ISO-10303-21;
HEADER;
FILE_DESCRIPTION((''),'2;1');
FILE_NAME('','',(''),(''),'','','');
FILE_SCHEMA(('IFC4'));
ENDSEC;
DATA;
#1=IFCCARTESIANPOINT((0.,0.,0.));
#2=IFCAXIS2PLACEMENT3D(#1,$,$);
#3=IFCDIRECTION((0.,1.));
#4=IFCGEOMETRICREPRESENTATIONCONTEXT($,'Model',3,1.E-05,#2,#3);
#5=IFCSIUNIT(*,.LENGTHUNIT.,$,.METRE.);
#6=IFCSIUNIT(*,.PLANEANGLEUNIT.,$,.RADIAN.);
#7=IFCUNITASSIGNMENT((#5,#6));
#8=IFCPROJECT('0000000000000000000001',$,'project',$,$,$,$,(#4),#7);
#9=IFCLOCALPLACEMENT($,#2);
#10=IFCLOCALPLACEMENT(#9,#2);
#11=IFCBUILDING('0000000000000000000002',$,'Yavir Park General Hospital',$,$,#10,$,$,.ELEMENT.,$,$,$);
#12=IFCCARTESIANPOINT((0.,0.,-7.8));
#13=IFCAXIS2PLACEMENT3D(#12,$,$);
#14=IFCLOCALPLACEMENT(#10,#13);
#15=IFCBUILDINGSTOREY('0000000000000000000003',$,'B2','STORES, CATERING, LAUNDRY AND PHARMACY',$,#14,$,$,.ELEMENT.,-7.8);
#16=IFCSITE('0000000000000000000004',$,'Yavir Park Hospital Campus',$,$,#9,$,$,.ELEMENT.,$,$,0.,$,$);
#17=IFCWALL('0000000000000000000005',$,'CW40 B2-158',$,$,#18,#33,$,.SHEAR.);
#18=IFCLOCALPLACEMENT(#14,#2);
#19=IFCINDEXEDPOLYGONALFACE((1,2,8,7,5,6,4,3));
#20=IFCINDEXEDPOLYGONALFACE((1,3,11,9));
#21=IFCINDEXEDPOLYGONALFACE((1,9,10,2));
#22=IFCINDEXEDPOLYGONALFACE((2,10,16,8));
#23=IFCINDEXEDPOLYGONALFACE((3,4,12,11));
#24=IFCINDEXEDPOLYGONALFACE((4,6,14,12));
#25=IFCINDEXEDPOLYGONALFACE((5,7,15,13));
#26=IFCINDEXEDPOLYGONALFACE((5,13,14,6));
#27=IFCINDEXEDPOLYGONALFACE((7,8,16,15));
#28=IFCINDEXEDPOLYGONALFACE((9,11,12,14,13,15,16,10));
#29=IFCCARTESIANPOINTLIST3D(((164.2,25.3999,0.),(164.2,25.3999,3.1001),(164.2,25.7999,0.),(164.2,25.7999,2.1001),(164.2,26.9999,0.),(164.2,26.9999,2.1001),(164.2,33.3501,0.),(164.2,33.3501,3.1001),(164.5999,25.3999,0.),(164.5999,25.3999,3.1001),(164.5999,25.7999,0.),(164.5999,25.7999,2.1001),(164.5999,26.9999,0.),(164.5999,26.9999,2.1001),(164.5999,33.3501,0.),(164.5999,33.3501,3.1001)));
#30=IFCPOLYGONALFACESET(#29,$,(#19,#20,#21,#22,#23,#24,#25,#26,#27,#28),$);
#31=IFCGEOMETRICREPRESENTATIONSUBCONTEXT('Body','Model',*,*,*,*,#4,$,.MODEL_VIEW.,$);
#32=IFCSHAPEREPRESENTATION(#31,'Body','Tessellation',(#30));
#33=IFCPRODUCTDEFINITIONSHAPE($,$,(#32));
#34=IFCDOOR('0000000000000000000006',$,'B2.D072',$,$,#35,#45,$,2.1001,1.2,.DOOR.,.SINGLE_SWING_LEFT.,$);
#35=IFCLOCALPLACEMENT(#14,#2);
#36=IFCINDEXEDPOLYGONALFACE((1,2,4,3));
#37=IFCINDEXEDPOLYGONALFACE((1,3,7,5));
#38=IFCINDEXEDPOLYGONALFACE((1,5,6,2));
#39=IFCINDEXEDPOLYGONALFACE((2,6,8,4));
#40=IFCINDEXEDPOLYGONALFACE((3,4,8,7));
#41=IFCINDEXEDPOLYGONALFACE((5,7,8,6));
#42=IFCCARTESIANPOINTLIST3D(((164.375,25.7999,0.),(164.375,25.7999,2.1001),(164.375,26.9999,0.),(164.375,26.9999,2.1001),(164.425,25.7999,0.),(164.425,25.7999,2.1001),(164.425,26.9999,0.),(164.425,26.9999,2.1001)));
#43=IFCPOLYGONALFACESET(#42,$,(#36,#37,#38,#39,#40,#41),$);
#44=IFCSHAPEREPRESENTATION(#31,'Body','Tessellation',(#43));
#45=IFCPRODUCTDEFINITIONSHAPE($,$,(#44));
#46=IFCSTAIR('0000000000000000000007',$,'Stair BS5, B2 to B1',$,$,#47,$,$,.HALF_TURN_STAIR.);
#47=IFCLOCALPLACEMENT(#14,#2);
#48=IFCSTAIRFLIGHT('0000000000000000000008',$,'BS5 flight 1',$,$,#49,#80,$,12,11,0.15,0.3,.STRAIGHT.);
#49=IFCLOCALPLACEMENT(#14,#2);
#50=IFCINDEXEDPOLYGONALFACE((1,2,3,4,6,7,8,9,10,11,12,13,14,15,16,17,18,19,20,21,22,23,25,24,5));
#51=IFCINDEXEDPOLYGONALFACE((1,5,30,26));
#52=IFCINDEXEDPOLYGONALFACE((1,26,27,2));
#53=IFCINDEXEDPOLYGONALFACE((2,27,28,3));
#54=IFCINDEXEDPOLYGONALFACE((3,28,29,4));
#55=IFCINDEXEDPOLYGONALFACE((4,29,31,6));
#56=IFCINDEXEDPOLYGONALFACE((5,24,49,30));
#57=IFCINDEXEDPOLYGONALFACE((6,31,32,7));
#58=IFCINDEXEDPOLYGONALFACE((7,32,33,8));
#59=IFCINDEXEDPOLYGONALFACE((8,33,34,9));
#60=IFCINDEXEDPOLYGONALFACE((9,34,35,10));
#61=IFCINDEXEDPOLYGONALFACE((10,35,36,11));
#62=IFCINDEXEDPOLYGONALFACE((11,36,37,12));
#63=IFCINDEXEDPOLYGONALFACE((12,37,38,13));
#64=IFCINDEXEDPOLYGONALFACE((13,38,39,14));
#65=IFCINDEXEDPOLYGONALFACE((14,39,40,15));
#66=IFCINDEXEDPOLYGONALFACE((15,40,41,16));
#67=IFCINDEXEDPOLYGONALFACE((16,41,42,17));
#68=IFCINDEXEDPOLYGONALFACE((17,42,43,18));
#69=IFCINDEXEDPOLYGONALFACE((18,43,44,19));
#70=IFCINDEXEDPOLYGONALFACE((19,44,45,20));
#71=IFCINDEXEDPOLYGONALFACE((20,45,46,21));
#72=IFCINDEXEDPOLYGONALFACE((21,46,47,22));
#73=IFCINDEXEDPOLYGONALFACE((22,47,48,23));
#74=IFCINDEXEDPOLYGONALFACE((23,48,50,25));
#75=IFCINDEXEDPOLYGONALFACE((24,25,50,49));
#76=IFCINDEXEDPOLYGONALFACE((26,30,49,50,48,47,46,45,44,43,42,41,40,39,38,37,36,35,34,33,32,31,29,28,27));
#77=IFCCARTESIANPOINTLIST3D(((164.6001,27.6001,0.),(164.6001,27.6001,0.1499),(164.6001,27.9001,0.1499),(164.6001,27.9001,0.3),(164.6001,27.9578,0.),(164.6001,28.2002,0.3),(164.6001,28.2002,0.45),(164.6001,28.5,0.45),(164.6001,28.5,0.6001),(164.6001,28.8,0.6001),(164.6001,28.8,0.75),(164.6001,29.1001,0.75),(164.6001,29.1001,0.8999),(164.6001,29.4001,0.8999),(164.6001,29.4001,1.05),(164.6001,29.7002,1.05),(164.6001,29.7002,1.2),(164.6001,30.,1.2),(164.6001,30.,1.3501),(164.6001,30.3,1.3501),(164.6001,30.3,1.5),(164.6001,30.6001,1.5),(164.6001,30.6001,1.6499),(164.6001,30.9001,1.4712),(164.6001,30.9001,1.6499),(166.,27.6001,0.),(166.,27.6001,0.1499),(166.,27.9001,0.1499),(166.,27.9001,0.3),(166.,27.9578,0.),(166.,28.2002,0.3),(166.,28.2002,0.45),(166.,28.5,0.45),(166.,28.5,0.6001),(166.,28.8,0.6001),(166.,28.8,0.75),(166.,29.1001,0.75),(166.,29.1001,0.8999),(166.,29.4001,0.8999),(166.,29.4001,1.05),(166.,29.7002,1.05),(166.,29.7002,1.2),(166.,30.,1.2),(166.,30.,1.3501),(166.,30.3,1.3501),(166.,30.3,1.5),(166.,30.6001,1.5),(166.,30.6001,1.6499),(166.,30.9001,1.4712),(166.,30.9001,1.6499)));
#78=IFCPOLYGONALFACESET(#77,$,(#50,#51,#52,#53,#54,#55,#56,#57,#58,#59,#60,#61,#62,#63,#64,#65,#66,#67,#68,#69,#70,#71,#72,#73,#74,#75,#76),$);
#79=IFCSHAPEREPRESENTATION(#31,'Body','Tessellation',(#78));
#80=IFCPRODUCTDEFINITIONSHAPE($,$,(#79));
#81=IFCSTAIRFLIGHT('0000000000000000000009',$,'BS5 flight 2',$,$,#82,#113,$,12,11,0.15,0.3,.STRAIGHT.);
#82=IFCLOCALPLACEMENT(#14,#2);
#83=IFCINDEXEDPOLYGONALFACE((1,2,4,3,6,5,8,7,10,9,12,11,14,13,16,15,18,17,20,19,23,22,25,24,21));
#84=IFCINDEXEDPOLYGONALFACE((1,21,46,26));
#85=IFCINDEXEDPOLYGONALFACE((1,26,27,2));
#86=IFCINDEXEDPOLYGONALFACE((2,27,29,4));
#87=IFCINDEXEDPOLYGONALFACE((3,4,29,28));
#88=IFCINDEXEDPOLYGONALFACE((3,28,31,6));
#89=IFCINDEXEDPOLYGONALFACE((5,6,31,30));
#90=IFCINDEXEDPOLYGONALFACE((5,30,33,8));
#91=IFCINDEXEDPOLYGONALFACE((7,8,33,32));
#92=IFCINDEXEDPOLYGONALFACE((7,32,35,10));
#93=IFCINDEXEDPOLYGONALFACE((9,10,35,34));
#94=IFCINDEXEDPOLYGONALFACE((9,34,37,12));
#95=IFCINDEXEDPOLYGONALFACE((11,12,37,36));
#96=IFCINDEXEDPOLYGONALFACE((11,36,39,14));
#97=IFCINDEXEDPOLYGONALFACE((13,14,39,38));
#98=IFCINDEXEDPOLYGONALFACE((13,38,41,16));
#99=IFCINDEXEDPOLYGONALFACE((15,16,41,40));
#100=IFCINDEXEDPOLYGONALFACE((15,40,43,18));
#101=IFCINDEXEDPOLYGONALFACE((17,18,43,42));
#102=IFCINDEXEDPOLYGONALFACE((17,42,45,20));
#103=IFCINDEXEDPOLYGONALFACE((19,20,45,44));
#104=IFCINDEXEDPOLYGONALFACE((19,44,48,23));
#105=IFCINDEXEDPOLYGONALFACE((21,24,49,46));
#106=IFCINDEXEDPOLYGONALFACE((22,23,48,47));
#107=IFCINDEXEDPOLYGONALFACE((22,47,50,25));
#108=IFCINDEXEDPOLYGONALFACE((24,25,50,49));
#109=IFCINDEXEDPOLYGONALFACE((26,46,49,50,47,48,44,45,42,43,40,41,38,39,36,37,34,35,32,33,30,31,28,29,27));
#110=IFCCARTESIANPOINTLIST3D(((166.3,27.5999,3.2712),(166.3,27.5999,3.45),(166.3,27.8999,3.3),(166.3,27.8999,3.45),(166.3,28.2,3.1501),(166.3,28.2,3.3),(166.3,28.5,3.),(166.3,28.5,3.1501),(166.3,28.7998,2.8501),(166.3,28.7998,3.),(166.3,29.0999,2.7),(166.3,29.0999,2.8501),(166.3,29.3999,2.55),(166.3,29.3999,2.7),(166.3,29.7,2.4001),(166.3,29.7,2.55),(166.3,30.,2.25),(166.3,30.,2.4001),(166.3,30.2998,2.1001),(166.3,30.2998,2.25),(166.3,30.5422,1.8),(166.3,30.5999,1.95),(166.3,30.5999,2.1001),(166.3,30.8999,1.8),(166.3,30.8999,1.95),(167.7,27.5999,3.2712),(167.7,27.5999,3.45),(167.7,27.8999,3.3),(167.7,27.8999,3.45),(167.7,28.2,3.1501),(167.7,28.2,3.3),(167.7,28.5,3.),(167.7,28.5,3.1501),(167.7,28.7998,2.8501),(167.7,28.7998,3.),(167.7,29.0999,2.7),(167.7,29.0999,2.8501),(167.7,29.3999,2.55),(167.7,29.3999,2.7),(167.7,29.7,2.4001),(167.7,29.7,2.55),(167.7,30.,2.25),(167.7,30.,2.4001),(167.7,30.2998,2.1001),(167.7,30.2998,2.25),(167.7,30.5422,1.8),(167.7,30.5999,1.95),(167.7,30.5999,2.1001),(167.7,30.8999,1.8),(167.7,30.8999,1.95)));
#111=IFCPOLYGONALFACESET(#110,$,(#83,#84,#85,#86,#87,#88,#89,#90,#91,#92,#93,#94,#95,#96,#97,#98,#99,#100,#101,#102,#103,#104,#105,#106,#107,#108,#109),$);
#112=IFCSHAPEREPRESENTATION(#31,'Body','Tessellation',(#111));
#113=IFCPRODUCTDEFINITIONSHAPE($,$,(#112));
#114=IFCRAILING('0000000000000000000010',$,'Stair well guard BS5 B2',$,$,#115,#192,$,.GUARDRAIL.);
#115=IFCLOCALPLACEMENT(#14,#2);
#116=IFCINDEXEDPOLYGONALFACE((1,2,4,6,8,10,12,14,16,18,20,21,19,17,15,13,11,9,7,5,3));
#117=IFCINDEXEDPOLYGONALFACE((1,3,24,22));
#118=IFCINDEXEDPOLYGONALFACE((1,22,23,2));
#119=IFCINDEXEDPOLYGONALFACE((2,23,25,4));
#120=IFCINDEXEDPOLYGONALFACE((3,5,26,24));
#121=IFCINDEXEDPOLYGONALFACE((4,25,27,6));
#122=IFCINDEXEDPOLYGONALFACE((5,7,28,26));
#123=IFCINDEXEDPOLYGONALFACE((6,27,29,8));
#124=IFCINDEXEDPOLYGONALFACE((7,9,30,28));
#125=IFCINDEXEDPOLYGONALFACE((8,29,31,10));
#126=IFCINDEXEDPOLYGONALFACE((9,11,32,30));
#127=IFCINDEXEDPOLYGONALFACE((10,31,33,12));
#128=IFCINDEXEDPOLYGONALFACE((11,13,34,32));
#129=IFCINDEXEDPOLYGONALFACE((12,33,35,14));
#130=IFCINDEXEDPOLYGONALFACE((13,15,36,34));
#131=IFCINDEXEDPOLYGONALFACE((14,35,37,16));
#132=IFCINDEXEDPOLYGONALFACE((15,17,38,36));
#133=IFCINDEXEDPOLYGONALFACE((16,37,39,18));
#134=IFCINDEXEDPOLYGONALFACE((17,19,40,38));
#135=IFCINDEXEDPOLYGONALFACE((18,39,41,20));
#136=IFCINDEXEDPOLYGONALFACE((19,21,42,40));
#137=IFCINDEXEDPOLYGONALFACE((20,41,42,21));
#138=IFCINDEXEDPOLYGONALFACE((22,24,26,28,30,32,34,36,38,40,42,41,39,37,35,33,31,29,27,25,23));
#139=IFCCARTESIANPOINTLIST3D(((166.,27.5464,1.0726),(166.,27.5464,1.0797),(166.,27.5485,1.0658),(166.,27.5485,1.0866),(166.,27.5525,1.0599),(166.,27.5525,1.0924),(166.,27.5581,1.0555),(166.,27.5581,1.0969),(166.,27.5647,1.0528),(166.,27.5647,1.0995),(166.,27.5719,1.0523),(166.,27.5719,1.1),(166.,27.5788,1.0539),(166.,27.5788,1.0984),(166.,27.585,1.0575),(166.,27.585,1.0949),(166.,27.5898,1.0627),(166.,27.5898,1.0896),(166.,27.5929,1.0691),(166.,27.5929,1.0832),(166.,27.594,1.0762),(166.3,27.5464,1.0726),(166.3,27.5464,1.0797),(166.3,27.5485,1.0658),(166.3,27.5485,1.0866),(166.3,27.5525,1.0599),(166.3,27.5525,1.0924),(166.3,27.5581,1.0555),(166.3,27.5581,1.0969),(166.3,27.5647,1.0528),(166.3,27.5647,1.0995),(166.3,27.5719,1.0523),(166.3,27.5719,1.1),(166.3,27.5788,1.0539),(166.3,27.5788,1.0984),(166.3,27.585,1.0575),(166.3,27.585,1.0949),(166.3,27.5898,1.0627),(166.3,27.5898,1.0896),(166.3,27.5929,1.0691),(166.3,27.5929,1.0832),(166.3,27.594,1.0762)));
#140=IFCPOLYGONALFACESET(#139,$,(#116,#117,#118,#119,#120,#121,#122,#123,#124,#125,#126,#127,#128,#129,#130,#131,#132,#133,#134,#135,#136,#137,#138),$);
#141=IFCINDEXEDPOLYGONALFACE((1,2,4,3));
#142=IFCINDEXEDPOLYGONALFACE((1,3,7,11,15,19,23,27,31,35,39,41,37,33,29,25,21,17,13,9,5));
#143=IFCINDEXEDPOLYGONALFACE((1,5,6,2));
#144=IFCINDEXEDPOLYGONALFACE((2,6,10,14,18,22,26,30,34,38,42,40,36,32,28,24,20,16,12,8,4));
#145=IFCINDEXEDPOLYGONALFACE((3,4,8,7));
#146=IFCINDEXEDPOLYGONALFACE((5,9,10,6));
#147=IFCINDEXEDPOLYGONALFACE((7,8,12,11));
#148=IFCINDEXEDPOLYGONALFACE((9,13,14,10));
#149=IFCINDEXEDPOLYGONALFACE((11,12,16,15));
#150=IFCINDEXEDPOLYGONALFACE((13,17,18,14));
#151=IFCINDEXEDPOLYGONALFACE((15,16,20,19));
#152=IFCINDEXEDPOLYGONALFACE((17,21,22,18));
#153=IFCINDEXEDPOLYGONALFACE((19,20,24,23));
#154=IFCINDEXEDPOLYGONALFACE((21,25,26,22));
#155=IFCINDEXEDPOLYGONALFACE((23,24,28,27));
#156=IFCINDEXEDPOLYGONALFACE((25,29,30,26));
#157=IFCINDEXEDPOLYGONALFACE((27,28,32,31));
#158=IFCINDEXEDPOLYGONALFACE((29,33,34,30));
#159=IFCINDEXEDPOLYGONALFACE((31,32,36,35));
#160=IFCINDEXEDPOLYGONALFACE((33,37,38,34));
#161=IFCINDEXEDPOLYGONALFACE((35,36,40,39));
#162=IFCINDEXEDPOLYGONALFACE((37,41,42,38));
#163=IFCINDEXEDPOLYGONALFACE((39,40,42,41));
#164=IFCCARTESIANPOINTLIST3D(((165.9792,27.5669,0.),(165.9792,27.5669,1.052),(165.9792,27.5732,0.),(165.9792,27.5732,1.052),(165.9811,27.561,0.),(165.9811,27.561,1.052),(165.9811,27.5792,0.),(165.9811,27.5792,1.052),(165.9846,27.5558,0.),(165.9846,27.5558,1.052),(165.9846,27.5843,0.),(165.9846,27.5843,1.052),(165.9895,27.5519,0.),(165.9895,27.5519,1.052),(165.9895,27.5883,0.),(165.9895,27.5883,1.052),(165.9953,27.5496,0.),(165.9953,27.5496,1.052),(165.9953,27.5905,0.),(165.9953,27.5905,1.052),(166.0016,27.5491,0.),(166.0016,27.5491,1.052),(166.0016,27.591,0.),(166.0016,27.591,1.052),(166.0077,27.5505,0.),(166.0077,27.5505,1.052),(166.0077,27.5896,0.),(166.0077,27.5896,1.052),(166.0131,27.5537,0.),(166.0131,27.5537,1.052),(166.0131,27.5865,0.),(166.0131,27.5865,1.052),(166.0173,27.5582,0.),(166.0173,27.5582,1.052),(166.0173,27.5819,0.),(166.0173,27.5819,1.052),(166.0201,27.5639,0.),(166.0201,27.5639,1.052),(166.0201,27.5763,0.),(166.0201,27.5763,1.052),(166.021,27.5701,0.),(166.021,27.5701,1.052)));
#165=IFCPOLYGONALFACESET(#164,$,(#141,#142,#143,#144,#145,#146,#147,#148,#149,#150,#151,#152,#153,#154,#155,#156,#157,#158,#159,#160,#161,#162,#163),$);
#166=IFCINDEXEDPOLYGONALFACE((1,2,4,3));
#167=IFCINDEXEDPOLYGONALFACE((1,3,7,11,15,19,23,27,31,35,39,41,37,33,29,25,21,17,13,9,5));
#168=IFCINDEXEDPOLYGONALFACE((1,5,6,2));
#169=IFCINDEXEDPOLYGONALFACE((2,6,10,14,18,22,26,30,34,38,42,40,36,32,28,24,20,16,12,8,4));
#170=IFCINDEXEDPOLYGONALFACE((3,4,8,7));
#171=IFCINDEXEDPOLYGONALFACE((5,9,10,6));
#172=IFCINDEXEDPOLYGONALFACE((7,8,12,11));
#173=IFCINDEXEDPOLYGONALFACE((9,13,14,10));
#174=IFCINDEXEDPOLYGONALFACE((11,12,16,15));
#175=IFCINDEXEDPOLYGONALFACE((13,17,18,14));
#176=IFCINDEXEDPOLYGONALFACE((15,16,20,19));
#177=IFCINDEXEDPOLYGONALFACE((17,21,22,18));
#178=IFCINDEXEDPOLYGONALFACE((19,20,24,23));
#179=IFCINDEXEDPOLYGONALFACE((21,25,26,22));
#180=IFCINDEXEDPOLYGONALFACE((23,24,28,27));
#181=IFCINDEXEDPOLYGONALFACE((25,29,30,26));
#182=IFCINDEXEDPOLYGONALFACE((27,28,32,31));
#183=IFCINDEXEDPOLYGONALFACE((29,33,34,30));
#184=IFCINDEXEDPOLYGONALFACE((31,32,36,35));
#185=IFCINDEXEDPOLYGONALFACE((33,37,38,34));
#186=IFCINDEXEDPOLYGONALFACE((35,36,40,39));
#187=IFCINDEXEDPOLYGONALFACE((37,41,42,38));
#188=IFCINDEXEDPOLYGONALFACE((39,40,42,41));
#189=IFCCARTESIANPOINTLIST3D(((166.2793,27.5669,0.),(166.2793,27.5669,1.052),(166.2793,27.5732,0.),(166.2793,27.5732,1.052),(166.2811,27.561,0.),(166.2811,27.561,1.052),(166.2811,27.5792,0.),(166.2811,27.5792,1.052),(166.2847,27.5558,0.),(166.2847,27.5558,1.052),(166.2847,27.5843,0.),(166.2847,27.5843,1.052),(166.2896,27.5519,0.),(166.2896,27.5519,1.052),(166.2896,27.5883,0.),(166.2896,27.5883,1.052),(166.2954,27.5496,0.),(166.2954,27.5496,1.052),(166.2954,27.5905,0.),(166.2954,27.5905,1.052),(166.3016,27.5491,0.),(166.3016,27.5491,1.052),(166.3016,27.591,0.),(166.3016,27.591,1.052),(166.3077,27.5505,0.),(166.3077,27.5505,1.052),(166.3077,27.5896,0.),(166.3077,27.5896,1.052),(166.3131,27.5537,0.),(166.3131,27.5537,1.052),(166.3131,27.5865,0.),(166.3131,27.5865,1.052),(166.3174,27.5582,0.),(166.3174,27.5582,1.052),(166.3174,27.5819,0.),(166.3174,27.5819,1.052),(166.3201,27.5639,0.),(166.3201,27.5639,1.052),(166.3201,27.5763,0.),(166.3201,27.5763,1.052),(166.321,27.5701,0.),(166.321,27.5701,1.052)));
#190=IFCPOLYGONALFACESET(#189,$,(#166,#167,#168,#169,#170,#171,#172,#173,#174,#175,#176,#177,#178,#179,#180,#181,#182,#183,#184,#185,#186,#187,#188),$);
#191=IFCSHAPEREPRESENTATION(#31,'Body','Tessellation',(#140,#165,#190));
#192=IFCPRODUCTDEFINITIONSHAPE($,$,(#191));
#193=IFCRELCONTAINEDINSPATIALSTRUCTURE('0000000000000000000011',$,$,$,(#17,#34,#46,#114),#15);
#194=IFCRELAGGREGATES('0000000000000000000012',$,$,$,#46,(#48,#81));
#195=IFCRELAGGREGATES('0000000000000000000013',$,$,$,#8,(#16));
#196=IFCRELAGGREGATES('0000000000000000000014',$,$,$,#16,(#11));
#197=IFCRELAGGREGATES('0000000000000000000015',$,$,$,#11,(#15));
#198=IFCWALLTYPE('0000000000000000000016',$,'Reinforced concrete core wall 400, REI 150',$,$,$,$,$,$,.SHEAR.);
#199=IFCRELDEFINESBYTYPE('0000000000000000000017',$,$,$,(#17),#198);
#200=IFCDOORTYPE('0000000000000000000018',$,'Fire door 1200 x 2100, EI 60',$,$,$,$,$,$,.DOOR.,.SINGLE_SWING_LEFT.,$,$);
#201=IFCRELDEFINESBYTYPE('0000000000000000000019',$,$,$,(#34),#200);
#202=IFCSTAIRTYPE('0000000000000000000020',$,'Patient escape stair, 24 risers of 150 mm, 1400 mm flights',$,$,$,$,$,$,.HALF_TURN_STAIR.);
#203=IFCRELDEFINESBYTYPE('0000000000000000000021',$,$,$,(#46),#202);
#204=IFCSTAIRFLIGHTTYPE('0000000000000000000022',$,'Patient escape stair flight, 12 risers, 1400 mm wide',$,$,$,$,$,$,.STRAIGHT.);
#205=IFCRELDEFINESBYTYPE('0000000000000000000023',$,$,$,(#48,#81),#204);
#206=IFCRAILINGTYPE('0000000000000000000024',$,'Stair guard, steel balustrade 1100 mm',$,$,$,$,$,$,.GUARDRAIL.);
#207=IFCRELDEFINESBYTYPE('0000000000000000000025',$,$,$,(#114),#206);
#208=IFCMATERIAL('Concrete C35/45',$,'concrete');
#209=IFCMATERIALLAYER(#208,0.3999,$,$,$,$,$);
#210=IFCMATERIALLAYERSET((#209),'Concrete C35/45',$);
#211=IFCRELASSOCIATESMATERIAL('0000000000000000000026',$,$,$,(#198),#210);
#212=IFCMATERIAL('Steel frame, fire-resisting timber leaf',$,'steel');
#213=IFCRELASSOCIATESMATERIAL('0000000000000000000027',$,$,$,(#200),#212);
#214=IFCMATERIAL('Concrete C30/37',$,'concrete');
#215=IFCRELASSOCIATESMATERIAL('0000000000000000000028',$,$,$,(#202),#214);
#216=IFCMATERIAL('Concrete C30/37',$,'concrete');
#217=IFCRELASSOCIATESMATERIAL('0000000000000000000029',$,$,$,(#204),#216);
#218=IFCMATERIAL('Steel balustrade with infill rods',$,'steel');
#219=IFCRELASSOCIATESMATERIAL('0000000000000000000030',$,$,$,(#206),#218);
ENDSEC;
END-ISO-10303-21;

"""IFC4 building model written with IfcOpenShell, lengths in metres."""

from ifc_helpers import new_model, si_unit, direction, frame, frame_2d, origin, origin_2d, place, context, subcontext, project, spatial, polyline, rectangle, circle, outline, extrude, material, layer, layer_set, type_object, element, fill, aggregate, save


model = new_model("IFC4")

# Units and contexts
model_context = context("Model", 3, precision=1e-05, world=origin(), true_north=direction((0.0, 1.0)))
body_context = subcontext(model_context, "Body", "Model", "MODEL_VIEW")
ifc_project = project(units=[si_unit("LENGTHUNIT", "METRE"), si_unit("PLANEANGLEUNIT", "RADIAN")], contexts=[model_context])

# Site, building, storey
site_placement = place(None, origin())
site = spatial("IfcSite", under=ifc_project, at=site_placement, Name="Yavir Park Hospital Campus", CompositionType="ELEMENT", RefElevation=0.0)
building_placement = place(site_placement, origin())
building = spatial("IfcBuilding", under=site, at=building_placement, Name="Yavir Park General Hospital", CompositionType="ELEMENT")
storey_placement = place(building_placement, frame((0.0, 0.0, -7.8)))
storey = spatial("IfcBuildingStorey", under=building, at=storey_placement, Name="B2", Description="STORES, CATERING, LAUNDRY AND PHARMACY", CompositionType="ELEMENT", Elevation=-7.8)

# Shared definitions
ifc_material_1 = material(Name="Concrete C35/45", Category="concrete")
ifc_layer_1 = layer(ifc_material_1, 0.3999)
ifc_layer_set_1 = layer_set([ifc_layer_1], Name="Concrete C35/45")
wall_type_1 = type_object("IfcWallType", Name="Reinforced concrete core wall 400, REI 150", PredefinedType="SHEAR", material=ifc_layer_set_1)

# Wall, opening, door
wall_1_placement = place(storey_placement, frame((164.3999, 25.3999, 0.0), z_axis=(0.0, 0.0, 1.0), x_axis=(0.0, 1.0, 0.0)))
wall_1 = element("IfcWall", 1, at=wall_1_placement, inside=storey, type_object=wall_type_1, Name="CW40 B2-158", PredefinedType="SHEAR", context=body_context, shape_type="SweptSolid", body=[
    extrude(rectangle(XDim=7.9502, YDim=0.3999, at=frame_2d((3.9751, 0.0))), origin(), (0.0, 0.0, 1.0), 3.1001),
])
opening_1_placement = place(wall_1_placement, frame((0.3999, 0.0, 0.0)))
opening_1 = element("IfcOpeningElement", 2, at=opening_1_placement, cuts=wall_1, PredefinedType="OPENING", context=body_context, shape_type="SweptSolid", body=[
    extrude(rectangle(XDim=1.2, YDim=2.1001, at=frame_2d((0.6001, 1.05))), frame((0.0, 0.21, 0.0), z_axis=(0.0, -1.0, 0.0), x_axis=(1.0, 0.0, 0.0)), (0.0, 0.0, 1.0), 0.4199),
])
ifc_material_2 = material(Name="Steel frame, fire-resisting timber leaf", Category="steel")
door_type_1 = type_object("IfcDoorType", Name="Fire door 1200 x 2100, EI 60", OperationType="SINGLE_SWING_LEFT", PredefinedType="DOOR", material=ifc_material_2)
door_1_placement = place(opening_1_placement, origin())
door_1 = element("IfcDoor", 3, at=door_1_placement, inside=storey, type_object=door_type_1, Name="B2.D072", OperationType="SINGLE_SWING_LEFT", OverallHeight=2.1001, OverallWidth=1.2, PredefinedType="DOOR", context=body_context, shape_type="SweptSolid", body=[
    extrude(rectangle(XDim=1.2, YDim=2.1001, at=frame_2d((0.6001, 1.05))), frame((0.0, 0.0249, 0.0), z_axis=(0.0, -1.0, 0.0), x_axis=(1.0, 0.0, 0.0)), (0.0, 0.0, 1.0), 0.05),
])
fill(opening_1, door_1)

# Stair, stair flights
ifc_material_3 = material(Name="Concrete C30/37", Category="concrete")
stair_type = type_object("IfcStairType", Name="Patient escape stair, 24 risers of 150 mm, 1400 mm flights", PredefinedType="HALF_TURN_STAIR", material=ifc_material_3)
stair_placement = place(storey_placement, origin())
stair = element("IfcStair", 4, at=stair_placement, inside=storey, type_object=stair_type, Name="Stair BS5, B2 to B1", PredefinedType="HALF_TURN_STAIR")
ifc_material_4 = material(Name="Concrete C30/37", Category="concrete")
stair_flight_type = type_object("IfcStairFlightType", Name="Patient escape stair flight, 12 risers, 1400 mm wide", PredefinedType="STRAIGHT", material=ifc_material_4)
stair_flight_1_placement = place(storey_placement, frame((165.3, 27.6001, 0.0), z_axis=(0.0, 0.0, 1.0), x_axis=(0.0, 1.0, 0.0)))
stair_flight_1 = element("IfcStairFlight", 5, at=stair_flight_1_placement, type_object=stair_flight_type, Name="BS5 flight 1", NumberOfRisers=12, NumberOfTreads=11, PredefinedType="STRAIGHT", RiserHeight=0.15, TreadLength=0.3, context=body_context, shape_type="SweptSolid", body=[
    extrude(outline(polyline([(0.0, 0.0), (0.0, 0.1499), (0.3, 0.1499), (0.3, 0.3), (0.6001, 0.3), (0.6001, 0.45), (0.8999, 0.45), (0.8999, 0.6001), (1.2, 0.6001), (1.2, 0.75), (1.5, 0.75), (1.5, 0.8999), (1.8, 0.8999), (1.8, 1.05), (2.1001, 1.05), (2.1001, 1.2), (2.3999, 1.2), (2.3999, 1.3501), (2.7, 1.3501), (2.7, 1.5), (3.0, 1.5), (3.0, 1.6499), (3.3, 1.6499), (3.3, 1.8), (3.3, 1.4712), (0.3577, 0.0), (0.0, 0.0)])), frame((0.0, 0.7, 0.0), z_axis=(0.0, -1.0, 0.0), x_axis=(1.0, 0.0, 0.0)), (0.0, 0.0, 1.0), 1.3999),
])
stair_flight_2_placement = place(storey_placement, frame((167.0, 30.8999, 1.8), z_axis=(0.0, 0.0, 1.0), x_axis=(0.0, -1.0, 0.0)))
stair_flight_2 = element("IfcStairFlight", 6, at=stair_flight_2_placement, type_object=stair_flight_type, Name="BS5 flight 2", NumberOfRisers=12, NumberOfTreads=11, PredefinedType="STRAIGHT", RiserHeight=0.15, TreadLength=0.3, context=body_context, shape_type="SweptSolid", body=[
    extrude(outline(polyline([(0.0, 0.0), (0.0, 0.1499), (0.3, 0.1499), (0.3, 0.3), (0.6001, 0.3), (0.6001, 0.45), (0.8999, 0.45), (0.8999, 0.6001), (1.2, 0.6001), (1.2, 0.75), (1.5, 0.75), (1.5, 0.8999), (1.8, 0.8999), (1.8, 1.05), (2.1001, 1.05), (2.1001, 1.2), (2.3999, 1.2), (2.3999, 1.3501), (2.7, 1.3501), (2.7, 1.5), (3.0, 1.5), (3.0, 1.6499), (3.3, 1.6499), (3.3, 1.8), (3.3, 1.4712), (0.3577, 0.0), (0.0, 0.0)])), frame((0.0, 0.7, 0.0), z_axis=(0.0, -1.0, 0.0), x_axis=(1.0, 0.0, 0.0)), (0.0, 0.0, 1.0), 1.3999),
])
aggregate(stair, [stair_flight_1, stair_flight_2])

# Railing
ifc_material_5 = material(Name="Steel balustrade with infill rods", Category="steel")
railing_type_1 = type_object("IfcRailingType", Name="Stair guard, steel balustrade 1100 mm", PredefinedType="GUARDRAIL", material=ifc_material_5)
railing_placement = place(storey_placement, frame((166.0, 27.5701, 0.0)))
element("IfcRailing", 7, at=railing_placement, inside=storey, type_object=railing_type_1, Name="Stair well guard BS5 B2", PredefinedType="GUARDRAIL", context=body_context, shape_type="SweptSolid", body=[
    extrude(circle(Radius=0.0239, at=origin_2d()), frame((0.0, 0.0, 1.0762), z_axis=(1.0, 0.0, 0.0), x_axis=(0.0, 1.0, 0.0)), (0.0, 0.0, 1.0), 0.3),
    extrude(circle(Radius=0.021, at=origin_2d()), origin(), (0.0, 0.0, 1.0), 1.052),
    extrude(circle(Radius=0.021, at=origin_2d()), frame((0.3, 0.0, 0.0)), (0.0, 0.0, 1.0), 1.052),
])

save(model, "model.ifc")
